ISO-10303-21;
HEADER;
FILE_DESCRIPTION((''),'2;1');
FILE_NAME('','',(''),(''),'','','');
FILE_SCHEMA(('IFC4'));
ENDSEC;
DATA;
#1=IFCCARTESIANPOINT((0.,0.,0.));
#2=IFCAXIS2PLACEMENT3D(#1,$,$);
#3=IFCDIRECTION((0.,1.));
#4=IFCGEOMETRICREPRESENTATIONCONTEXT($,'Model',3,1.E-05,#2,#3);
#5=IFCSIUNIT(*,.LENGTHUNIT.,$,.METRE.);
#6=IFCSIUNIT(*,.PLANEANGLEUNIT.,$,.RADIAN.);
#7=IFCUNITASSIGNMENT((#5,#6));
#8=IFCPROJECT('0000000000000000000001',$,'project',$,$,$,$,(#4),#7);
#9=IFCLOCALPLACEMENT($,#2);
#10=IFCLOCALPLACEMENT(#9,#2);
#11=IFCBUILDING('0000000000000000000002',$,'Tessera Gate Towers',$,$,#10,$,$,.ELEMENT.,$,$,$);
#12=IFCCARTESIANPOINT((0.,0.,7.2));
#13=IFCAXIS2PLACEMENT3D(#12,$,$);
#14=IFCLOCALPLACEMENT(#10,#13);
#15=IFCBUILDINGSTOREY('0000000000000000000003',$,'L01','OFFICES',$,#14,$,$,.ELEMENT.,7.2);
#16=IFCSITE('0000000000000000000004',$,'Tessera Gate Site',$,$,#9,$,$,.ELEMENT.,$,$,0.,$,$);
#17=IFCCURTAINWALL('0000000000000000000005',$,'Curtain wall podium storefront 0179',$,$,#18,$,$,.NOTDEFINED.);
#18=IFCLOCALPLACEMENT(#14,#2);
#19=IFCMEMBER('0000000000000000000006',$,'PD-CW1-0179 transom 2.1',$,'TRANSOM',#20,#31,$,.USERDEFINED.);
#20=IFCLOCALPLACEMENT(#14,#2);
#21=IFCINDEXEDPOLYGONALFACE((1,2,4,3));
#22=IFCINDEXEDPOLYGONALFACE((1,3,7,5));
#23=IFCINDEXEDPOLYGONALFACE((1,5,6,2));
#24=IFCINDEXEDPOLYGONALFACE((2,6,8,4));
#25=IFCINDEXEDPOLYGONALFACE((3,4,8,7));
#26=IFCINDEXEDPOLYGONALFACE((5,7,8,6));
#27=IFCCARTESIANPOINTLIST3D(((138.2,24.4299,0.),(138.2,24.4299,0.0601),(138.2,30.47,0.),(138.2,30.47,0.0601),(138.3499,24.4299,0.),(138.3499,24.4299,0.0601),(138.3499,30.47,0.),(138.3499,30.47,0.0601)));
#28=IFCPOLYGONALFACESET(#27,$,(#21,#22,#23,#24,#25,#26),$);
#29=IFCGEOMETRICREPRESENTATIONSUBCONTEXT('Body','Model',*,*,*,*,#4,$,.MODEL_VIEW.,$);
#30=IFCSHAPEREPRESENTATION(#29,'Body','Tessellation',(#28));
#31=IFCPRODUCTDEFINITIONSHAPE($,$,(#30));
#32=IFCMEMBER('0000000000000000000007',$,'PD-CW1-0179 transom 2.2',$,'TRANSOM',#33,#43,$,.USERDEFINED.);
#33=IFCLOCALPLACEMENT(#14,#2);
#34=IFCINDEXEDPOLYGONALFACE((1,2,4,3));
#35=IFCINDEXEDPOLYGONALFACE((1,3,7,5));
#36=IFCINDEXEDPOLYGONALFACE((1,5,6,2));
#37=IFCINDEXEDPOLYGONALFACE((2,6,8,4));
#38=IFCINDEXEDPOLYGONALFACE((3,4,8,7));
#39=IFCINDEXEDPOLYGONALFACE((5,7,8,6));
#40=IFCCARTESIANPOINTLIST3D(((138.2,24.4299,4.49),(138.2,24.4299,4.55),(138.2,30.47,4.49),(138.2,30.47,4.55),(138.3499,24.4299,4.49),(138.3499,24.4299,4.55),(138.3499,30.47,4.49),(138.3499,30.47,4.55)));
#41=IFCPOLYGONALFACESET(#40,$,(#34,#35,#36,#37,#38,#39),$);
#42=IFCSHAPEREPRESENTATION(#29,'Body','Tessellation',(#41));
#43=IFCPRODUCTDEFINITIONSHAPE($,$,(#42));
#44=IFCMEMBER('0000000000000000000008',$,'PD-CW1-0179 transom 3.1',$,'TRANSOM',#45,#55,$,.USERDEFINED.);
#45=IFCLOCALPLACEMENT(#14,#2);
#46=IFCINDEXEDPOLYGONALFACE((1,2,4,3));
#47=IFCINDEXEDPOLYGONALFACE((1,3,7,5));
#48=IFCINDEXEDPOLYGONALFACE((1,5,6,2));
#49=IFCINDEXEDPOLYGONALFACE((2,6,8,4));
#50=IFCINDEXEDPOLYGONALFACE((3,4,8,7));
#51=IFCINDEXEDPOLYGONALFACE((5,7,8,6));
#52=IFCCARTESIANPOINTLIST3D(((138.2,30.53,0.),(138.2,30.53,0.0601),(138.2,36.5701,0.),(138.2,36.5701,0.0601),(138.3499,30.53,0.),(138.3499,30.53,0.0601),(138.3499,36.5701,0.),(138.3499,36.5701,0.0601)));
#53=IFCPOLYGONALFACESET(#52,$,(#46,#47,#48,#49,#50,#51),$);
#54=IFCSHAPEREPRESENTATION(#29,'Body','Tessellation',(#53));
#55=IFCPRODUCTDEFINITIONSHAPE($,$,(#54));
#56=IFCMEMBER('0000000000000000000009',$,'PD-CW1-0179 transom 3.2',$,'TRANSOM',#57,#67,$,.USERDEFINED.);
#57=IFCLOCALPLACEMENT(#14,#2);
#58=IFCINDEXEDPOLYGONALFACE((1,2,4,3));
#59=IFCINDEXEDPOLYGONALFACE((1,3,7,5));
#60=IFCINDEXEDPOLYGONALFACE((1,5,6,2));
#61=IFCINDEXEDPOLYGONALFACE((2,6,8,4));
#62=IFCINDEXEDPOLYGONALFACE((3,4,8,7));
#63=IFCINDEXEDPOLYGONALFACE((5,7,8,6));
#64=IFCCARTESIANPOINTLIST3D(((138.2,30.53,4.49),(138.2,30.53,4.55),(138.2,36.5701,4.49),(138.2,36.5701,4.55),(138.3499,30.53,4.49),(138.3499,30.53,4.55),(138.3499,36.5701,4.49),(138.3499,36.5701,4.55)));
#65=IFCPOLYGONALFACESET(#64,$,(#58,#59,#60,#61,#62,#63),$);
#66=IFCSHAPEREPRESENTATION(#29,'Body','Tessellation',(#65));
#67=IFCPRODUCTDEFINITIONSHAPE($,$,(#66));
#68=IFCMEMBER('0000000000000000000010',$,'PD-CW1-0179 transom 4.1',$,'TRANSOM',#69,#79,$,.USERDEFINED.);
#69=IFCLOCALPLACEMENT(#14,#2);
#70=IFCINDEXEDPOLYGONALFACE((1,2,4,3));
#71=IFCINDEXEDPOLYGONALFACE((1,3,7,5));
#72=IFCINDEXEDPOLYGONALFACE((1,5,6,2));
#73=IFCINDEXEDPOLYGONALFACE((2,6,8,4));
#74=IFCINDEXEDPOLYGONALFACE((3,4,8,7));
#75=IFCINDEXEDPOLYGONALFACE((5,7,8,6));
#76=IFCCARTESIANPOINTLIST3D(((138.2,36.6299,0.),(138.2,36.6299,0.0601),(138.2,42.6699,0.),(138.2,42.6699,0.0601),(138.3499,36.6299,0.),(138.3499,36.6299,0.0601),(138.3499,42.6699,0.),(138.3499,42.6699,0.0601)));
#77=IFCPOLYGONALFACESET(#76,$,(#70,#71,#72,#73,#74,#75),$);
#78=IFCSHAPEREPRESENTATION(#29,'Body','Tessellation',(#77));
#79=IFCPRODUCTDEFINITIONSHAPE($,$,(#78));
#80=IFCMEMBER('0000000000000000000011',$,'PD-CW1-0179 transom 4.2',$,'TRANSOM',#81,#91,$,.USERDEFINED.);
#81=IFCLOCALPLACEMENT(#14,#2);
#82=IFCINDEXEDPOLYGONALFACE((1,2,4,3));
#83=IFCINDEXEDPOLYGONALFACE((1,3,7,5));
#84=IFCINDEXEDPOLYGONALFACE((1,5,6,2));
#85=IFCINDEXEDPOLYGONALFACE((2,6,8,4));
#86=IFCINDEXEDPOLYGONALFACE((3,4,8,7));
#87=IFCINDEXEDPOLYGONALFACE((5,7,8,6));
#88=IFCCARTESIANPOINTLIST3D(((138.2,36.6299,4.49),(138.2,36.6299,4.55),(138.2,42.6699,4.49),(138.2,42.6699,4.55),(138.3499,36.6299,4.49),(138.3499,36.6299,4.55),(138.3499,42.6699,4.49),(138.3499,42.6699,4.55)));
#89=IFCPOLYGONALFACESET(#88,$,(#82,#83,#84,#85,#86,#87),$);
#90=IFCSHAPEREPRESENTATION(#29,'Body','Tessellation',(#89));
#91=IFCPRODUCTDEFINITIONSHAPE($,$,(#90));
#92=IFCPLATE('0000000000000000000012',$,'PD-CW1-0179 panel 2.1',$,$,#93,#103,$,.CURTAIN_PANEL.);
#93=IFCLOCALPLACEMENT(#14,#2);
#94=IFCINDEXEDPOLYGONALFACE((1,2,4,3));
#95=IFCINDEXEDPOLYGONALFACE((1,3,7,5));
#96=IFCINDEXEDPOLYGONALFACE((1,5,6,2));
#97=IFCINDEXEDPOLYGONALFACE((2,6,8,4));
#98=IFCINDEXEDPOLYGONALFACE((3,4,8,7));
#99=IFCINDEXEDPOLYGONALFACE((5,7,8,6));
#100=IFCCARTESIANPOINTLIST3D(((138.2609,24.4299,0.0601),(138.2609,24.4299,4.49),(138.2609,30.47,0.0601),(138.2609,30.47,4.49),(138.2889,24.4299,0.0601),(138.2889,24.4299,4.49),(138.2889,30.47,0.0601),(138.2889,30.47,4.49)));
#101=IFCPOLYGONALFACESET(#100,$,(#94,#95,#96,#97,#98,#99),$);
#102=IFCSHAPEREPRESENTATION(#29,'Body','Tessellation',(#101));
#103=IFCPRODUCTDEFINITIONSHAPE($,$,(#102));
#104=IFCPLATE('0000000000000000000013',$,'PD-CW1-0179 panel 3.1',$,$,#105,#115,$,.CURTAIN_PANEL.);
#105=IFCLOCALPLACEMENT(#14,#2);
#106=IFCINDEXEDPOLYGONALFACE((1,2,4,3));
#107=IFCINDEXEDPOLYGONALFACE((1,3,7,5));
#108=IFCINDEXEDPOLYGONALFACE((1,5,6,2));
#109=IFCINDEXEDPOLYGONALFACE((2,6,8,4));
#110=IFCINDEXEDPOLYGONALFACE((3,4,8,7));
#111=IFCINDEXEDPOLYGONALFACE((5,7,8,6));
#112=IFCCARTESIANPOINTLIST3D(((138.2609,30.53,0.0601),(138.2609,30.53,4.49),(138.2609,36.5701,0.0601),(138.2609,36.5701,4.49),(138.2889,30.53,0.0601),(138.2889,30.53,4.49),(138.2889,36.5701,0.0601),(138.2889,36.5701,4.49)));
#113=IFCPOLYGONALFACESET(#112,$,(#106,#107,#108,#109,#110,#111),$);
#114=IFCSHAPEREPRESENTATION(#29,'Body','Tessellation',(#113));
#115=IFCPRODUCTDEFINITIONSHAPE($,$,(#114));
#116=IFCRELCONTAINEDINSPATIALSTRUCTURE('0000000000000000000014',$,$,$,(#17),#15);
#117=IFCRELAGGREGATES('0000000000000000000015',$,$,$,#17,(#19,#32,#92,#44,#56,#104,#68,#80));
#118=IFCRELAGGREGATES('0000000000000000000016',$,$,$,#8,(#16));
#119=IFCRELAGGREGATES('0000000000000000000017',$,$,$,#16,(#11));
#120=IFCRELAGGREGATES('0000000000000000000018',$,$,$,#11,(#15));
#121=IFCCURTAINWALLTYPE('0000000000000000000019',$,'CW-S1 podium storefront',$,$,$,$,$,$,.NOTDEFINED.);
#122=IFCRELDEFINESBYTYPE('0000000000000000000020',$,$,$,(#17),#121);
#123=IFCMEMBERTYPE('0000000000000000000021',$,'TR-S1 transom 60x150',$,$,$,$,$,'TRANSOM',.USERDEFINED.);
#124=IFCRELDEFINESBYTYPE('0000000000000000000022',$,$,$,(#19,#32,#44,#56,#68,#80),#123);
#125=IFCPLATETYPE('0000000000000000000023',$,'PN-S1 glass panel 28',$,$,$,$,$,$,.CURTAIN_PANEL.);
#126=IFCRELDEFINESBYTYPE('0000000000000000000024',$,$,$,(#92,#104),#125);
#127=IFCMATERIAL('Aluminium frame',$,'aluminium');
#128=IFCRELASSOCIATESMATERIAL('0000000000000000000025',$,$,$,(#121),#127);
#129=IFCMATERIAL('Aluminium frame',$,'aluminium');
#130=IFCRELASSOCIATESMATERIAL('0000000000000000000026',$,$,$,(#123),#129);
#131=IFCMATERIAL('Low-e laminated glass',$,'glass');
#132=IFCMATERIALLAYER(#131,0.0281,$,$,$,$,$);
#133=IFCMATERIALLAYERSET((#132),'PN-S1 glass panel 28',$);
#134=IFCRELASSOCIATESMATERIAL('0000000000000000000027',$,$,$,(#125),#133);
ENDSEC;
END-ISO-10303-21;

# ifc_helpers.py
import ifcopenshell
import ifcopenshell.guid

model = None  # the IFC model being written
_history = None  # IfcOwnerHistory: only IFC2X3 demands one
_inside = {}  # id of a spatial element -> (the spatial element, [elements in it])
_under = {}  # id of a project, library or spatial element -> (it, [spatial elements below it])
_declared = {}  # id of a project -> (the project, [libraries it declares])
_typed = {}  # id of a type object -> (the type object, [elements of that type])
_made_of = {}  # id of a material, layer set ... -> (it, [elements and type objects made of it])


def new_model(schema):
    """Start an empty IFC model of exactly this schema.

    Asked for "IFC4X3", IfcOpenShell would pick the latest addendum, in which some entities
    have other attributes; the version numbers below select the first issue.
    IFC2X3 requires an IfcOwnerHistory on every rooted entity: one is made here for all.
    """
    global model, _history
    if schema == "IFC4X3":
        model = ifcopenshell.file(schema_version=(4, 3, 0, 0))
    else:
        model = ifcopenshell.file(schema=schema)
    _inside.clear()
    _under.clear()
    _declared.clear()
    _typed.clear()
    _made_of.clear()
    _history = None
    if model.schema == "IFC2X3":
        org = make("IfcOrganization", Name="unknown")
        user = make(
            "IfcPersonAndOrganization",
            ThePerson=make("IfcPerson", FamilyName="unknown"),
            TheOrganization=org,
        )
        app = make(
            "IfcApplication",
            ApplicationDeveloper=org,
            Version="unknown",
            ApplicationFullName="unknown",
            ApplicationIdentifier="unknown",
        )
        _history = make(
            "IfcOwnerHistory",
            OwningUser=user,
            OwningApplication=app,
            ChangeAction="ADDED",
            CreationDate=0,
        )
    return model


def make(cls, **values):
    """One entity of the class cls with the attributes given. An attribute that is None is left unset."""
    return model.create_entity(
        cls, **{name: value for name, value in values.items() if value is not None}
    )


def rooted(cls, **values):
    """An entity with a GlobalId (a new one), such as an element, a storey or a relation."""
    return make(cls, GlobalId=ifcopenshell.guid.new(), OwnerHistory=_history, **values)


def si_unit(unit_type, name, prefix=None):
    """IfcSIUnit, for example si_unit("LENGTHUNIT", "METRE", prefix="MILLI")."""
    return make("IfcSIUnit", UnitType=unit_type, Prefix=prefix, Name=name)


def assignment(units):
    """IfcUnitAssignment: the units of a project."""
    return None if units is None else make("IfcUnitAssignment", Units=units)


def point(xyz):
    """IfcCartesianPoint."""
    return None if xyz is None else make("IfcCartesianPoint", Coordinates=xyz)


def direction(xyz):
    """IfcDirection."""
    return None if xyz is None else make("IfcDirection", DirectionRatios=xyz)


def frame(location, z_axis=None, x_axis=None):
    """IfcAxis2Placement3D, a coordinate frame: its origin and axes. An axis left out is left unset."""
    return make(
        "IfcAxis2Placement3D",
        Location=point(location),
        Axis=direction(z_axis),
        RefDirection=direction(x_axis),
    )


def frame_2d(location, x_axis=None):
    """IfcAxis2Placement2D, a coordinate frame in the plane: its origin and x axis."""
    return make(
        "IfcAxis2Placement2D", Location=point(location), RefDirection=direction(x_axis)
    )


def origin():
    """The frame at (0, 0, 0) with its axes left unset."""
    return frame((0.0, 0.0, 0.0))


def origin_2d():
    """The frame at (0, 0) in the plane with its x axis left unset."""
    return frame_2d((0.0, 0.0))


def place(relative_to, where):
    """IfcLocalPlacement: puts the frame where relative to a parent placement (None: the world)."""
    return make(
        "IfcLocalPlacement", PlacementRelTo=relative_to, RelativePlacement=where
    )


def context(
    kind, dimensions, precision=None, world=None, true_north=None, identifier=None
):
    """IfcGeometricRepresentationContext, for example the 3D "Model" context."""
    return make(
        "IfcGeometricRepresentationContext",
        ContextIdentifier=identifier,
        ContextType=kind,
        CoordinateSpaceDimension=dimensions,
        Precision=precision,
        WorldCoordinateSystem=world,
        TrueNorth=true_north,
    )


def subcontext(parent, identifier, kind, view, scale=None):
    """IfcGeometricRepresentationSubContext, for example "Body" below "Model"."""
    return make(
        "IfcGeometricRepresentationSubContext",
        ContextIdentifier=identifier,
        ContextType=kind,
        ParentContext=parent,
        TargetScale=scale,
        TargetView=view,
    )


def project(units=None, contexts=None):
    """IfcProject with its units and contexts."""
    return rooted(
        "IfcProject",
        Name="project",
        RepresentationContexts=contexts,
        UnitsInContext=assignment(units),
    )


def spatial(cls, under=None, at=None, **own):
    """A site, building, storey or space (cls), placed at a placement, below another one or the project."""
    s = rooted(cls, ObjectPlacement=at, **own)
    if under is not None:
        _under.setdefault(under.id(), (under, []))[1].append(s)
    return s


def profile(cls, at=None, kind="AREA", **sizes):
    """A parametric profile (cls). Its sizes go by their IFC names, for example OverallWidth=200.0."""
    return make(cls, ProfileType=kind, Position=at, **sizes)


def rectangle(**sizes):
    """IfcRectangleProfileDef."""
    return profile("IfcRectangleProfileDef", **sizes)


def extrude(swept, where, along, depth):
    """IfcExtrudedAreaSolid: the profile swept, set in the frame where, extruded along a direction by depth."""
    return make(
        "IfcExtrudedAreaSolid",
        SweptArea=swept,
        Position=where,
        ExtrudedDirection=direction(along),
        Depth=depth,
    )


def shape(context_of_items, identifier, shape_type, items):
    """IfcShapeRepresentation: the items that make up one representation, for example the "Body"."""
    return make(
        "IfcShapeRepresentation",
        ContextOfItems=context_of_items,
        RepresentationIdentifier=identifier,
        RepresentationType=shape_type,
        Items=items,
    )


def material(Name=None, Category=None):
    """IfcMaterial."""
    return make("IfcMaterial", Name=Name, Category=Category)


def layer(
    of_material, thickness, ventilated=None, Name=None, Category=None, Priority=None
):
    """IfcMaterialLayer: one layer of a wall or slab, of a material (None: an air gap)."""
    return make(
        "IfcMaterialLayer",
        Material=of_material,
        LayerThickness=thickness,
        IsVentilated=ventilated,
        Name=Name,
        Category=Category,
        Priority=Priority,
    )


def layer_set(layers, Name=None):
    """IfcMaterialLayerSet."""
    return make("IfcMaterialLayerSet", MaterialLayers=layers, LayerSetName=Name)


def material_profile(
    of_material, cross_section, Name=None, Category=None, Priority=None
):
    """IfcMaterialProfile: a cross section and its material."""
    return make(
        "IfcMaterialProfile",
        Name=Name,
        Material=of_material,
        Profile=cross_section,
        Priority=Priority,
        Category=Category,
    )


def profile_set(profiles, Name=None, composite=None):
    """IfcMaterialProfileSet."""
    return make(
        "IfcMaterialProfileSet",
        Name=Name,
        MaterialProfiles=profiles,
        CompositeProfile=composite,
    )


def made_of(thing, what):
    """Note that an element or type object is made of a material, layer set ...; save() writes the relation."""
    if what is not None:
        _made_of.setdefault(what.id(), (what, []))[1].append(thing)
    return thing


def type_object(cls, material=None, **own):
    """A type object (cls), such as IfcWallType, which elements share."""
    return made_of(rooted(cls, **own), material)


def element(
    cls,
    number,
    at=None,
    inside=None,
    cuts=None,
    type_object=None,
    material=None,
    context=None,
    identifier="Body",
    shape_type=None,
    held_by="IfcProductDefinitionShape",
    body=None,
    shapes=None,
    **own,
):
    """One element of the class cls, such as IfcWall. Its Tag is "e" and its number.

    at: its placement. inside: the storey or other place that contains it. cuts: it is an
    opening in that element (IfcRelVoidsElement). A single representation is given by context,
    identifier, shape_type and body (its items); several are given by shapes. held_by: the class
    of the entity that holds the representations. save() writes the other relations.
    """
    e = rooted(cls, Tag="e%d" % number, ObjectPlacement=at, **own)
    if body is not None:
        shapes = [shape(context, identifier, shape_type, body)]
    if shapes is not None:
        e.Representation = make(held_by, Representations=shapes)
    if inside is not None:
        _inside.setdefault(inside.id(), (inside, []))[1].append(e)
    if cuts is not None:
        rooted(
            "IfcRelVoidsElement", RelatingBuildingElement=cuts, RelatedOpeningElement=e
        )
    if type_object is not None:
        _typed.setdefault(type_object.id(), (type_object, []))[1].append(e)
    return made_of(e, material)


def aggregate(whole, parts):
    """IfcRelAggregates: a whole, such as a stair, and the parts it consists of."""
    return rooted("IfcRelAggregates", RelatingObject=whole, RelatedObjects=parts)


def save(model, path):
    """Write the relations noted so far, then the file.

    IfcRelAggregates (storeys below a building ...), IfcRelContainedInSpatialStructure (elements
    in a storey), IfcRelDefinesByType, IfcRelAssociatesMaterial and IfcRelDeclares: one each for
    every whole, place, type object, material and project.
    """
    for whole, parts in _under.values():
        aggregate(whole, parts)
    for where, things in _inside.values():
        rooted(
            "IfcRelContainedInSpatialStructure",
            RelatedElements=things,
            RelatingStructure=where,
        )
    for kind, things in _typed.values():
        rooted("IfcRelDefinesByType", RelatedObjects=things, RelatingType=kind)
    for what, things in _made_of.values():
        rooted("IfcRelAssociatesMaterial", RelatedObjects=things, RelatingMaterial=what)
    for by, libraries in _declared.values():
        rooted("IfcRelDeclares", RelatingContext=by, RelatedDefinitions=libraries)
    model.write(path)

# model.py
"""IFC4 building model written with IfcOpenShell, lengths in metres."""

from ifc_helpers import new_model, si_unit, direction, frame, origin, origin_2d, place, context, subcontext, project, spatial, rectangle, extrude, material, layer, layer_set, material_profile, profile_set, type_object, element, aggregate, save


model = new_model("IFC4")

# Units and contexts
model_context = context("Model", 3, precision=1e-05, world=origin(), true_north=direction((0.0, 1.0)))
body_context = subcontext(model_context, "Body", "Model", "MODEL_VIEW")
ifc_project = project(units=[si_unit("LENGTHUNIT", "METRE"), si_unit("PLANEANGLEUNIT", "RADIAN")], contexts=[model_context])

# Site, building, storey
site_placement = place(None, origin())
site = spatial("IfcSite", under=ifc_project, at=site_placement, Name="Tessera Gate Site", CompositionType="ELEMENT", RefElevation=0.0)
building_placement = place(site_placement, origin())
building = spatial("IfcBuilding", under=site, at=building_placement, Name="Tessera Gate Towers", CompositionType="ELEMENT")
storey_placement = place(building_placement, frame((0.0, 0.0, 7.2)))
storey = spatial("IfcBuildingStorey", under=building, at=storey_placement, Name="L01", Description="OFFICES", CompositionType="ELEMENT", Elevation=7.2)

# Curtain wall, members, plates
ifc_material_1 = material(Name="Aluminium frame", Category="aluminium")
curtain_wall_type = type_object("IfcCurtainWallType", Name="CW-S1 podium storefront", PredefinedType="NOTDEFINED", material=ifc_material_1)
curtain_wall_placement = place(storey_placement, origin())
curtain_wall = element("IfcCurtainWall", 1, at=curtain_wall_placement, inside=storey, type_object=curtain_wall_type, Name="Curtain wall podium storefront 0179", PredefinedType="NOTDEFINED")
ifc_material_2 = material(Name="Aluminium frame", Category="aluminium")
ifc_material_profile_1 = material_profile(ifc_material_2, rectangle(XDim=0.1499, YDim=0.0601, at=origin_2d()), Name="AL 60x150")
ifc_profile_set_1 = profile_set([ifc_material_profile_1], Name="Aluminium frame")
member_type_1 = type_object("IfcMemberType", Name="TR-S1 transom 60x150", ElementType="TRANSOM", PredefinedType="USERDEFINED", material=ifc_profile_set_1)
member_1_placement = place(storey_placement, frame((138.2749, 24.4299, 0.03), z_axis=(0.0, 1.0, 0.0), x_axis=(-1.0, 0.0, 0.0)))
member_1 = element("IfcMember", 2, at=member_1_placement, type_object=member_type_1, Name="PD-CW1-0179 transom 2.1", ObjectType="TRANSOM", PredefinedType="USERDEFINED", context=body_context, shape_type="SweptSolid", body=[
    extrude(rectangle(XDim=0.1499, YDim=0.0601, at=origin_2d()), origin(), (0.0, 0.0, 1.0), 6.04),
])
member_2_placement = place(storey_placement, frame((138.2749, 24.4299, 4.52), z_axis=(0.0, 1.0, 0.0), x_axis=(-1.0, 0.0, 0.0)))
member_2 = element("IfcMember", 3, at=member_2_placement, type_object=member_type_1, Name="PD-CW1-0179 transom 2.2", ObjectType="TRANSOM", PredefinedType="USERDEFINED", context=body_context, shape_type="SweptSolid", body=[
    extrude(rectangle(XDim=0.1499, YDim=0.0601, at=origin_2d()), origin(), (0.0, 0.0, 1.0), 6.04),
])
member_3_placement = place(storey_placement, frame((138.2749, 30.53, 0.03), z_axis=(0.0, 1.0, 0.0), x_axis=(-1.0, 0.0, 0.0)))
member_3 = element("IfcMember", 4, at=member_3_placement, type_object=member_type_1, Name="PD-CW1-0179 transom 3.1", ObjectType="TRANSOM", PredefinedType="USERDEFINED", context=body_context, shape_type="SweptSolid", body=[
    extrude(rectangle(XDim=0.1499, YDim=0.0601, at=origin_2d()), origin(), (0.0, 0.0, 1.0), 6.04),
])
member_4_placement = place(storey_placement, frame((138.2749, 30.53, 4.52), z_axis=(0.0, 1.0, 0.0), x_axis=(-1.0, 0.0, 0.0)))
member_4 = element("IfcMember", 5, at=member_4_placement, type_object=member_type_1, Name="PD-CW1-0179 transom 3.2", ObjectType="TRANSOM", PredefinedType="USERDEFINED", context=body_context, shape_type="SweptSolid", body=[
    extrude(rectangle(XDim=0.1499, YDim=0.0601, at=origin_2d()), origin(), (0.0, 0.0, 1.0), 6.04),
])
member_5_placement = place(storey_placement, frame((138.2749, 36.6299, 0.03), z_axis=(0.0, 1.0, 0.0), x_axis=(-1.0, 0.0, 0.0)))
member_5 = element("IfcMember", 6, at=member_5_placement, type_object=member_type_1, Name="PD-CW1-0179 transom 4.1", ObjectType="TRANSOM", PredefinedType="USERDEFINED", context=body_context, shape_type="SweptSolid", body=[
    extrude(rectangle(XDim=0.1499, YDim=0.0601, at=origin_2d()), origin(), (0.0, 0.0, 1.0), 6.04),
])
member_6_placement = place(storey_placement, frame((138.2749, 36.6299, 4.52), z_axis=(0.0, 1.0, 0.0), x_axis=(-1.0, 0.0, 0.0)))
member_6 = element("IfcMember", 7, at=member_6_placement, type_object=member_type_1, Name="PD-CW1-0179 transom 4.2", ObjectType="TRANSOM", PredefinedType="USERDEFINED", context=body_context, shape_type="SweptSolid", body=[
    extrude(rectangle(XDim=0.1499, YDim=0.0601, at=origin_2d()), origin(), (0.0, 0.0, 1.0), 6.04),
])
ifc_material_3 = material(Name="Low-e laminated glass", Category="glass")
ifc_layer_1 = layer(ifc_material_3, 0.0281)
ifc_layer_set_1 = layer_set([ifc_layer_1], Name="PN-S1 glass panel 28")
plate_type = type_object("IfcPlateType", Name="PN-S1 glass panel 28", PredefinedType="CURTAIN_PANEL", material=ifc_layer_set_1)
plate_1_placement = place(storey_placement, frame((138.2749, 27.45, 0.0601), z_axis=(0.0, 0.0, 1.0), x_axis=(0.0, 1.0, 0.0)))
plate_1 = element("IfcPlate", 8, at=plate_1_placement, type_object=plate_type, Name="PD-CW1-0179 panel 2.1", PredefinedType="CURTAIN_PANEL", context=body_context, shape_type="SweptSolid", body=[
    extrude(rectangle(XDim=6.04, YDim=0.0281, at=origin_2d()), origin(), (0.0, 0.0, 1.0), 4.4299),
])
plate_2_placement = place(storey_placement, frame((138.2749, 33.55, 0.0601), z_axis=(0.0, 0.0, 1.0), x_axis=(0.0, 1.0, 0.0)))
plate_2 = element("IfcPlate", 9, at=plate_2_placement, type_object=plate_type, Name="PD-CW1-0179 panel 3.1", PredefinedType="CURTAIN_PANEL", context=body_context, shape_type="SweptSolid", body=[
    extrude(rectangle(XDim=6.04, YDim=0.0281, at=origin_2d()), origin(), (0.0, 0.0, 1.0), 4.4299),
])
aggregate(curtain_wall, [member_1, member_2, plate_1, member_3, member_4, plate_2, member_5, member_6])

save(model, "model.ifc")
